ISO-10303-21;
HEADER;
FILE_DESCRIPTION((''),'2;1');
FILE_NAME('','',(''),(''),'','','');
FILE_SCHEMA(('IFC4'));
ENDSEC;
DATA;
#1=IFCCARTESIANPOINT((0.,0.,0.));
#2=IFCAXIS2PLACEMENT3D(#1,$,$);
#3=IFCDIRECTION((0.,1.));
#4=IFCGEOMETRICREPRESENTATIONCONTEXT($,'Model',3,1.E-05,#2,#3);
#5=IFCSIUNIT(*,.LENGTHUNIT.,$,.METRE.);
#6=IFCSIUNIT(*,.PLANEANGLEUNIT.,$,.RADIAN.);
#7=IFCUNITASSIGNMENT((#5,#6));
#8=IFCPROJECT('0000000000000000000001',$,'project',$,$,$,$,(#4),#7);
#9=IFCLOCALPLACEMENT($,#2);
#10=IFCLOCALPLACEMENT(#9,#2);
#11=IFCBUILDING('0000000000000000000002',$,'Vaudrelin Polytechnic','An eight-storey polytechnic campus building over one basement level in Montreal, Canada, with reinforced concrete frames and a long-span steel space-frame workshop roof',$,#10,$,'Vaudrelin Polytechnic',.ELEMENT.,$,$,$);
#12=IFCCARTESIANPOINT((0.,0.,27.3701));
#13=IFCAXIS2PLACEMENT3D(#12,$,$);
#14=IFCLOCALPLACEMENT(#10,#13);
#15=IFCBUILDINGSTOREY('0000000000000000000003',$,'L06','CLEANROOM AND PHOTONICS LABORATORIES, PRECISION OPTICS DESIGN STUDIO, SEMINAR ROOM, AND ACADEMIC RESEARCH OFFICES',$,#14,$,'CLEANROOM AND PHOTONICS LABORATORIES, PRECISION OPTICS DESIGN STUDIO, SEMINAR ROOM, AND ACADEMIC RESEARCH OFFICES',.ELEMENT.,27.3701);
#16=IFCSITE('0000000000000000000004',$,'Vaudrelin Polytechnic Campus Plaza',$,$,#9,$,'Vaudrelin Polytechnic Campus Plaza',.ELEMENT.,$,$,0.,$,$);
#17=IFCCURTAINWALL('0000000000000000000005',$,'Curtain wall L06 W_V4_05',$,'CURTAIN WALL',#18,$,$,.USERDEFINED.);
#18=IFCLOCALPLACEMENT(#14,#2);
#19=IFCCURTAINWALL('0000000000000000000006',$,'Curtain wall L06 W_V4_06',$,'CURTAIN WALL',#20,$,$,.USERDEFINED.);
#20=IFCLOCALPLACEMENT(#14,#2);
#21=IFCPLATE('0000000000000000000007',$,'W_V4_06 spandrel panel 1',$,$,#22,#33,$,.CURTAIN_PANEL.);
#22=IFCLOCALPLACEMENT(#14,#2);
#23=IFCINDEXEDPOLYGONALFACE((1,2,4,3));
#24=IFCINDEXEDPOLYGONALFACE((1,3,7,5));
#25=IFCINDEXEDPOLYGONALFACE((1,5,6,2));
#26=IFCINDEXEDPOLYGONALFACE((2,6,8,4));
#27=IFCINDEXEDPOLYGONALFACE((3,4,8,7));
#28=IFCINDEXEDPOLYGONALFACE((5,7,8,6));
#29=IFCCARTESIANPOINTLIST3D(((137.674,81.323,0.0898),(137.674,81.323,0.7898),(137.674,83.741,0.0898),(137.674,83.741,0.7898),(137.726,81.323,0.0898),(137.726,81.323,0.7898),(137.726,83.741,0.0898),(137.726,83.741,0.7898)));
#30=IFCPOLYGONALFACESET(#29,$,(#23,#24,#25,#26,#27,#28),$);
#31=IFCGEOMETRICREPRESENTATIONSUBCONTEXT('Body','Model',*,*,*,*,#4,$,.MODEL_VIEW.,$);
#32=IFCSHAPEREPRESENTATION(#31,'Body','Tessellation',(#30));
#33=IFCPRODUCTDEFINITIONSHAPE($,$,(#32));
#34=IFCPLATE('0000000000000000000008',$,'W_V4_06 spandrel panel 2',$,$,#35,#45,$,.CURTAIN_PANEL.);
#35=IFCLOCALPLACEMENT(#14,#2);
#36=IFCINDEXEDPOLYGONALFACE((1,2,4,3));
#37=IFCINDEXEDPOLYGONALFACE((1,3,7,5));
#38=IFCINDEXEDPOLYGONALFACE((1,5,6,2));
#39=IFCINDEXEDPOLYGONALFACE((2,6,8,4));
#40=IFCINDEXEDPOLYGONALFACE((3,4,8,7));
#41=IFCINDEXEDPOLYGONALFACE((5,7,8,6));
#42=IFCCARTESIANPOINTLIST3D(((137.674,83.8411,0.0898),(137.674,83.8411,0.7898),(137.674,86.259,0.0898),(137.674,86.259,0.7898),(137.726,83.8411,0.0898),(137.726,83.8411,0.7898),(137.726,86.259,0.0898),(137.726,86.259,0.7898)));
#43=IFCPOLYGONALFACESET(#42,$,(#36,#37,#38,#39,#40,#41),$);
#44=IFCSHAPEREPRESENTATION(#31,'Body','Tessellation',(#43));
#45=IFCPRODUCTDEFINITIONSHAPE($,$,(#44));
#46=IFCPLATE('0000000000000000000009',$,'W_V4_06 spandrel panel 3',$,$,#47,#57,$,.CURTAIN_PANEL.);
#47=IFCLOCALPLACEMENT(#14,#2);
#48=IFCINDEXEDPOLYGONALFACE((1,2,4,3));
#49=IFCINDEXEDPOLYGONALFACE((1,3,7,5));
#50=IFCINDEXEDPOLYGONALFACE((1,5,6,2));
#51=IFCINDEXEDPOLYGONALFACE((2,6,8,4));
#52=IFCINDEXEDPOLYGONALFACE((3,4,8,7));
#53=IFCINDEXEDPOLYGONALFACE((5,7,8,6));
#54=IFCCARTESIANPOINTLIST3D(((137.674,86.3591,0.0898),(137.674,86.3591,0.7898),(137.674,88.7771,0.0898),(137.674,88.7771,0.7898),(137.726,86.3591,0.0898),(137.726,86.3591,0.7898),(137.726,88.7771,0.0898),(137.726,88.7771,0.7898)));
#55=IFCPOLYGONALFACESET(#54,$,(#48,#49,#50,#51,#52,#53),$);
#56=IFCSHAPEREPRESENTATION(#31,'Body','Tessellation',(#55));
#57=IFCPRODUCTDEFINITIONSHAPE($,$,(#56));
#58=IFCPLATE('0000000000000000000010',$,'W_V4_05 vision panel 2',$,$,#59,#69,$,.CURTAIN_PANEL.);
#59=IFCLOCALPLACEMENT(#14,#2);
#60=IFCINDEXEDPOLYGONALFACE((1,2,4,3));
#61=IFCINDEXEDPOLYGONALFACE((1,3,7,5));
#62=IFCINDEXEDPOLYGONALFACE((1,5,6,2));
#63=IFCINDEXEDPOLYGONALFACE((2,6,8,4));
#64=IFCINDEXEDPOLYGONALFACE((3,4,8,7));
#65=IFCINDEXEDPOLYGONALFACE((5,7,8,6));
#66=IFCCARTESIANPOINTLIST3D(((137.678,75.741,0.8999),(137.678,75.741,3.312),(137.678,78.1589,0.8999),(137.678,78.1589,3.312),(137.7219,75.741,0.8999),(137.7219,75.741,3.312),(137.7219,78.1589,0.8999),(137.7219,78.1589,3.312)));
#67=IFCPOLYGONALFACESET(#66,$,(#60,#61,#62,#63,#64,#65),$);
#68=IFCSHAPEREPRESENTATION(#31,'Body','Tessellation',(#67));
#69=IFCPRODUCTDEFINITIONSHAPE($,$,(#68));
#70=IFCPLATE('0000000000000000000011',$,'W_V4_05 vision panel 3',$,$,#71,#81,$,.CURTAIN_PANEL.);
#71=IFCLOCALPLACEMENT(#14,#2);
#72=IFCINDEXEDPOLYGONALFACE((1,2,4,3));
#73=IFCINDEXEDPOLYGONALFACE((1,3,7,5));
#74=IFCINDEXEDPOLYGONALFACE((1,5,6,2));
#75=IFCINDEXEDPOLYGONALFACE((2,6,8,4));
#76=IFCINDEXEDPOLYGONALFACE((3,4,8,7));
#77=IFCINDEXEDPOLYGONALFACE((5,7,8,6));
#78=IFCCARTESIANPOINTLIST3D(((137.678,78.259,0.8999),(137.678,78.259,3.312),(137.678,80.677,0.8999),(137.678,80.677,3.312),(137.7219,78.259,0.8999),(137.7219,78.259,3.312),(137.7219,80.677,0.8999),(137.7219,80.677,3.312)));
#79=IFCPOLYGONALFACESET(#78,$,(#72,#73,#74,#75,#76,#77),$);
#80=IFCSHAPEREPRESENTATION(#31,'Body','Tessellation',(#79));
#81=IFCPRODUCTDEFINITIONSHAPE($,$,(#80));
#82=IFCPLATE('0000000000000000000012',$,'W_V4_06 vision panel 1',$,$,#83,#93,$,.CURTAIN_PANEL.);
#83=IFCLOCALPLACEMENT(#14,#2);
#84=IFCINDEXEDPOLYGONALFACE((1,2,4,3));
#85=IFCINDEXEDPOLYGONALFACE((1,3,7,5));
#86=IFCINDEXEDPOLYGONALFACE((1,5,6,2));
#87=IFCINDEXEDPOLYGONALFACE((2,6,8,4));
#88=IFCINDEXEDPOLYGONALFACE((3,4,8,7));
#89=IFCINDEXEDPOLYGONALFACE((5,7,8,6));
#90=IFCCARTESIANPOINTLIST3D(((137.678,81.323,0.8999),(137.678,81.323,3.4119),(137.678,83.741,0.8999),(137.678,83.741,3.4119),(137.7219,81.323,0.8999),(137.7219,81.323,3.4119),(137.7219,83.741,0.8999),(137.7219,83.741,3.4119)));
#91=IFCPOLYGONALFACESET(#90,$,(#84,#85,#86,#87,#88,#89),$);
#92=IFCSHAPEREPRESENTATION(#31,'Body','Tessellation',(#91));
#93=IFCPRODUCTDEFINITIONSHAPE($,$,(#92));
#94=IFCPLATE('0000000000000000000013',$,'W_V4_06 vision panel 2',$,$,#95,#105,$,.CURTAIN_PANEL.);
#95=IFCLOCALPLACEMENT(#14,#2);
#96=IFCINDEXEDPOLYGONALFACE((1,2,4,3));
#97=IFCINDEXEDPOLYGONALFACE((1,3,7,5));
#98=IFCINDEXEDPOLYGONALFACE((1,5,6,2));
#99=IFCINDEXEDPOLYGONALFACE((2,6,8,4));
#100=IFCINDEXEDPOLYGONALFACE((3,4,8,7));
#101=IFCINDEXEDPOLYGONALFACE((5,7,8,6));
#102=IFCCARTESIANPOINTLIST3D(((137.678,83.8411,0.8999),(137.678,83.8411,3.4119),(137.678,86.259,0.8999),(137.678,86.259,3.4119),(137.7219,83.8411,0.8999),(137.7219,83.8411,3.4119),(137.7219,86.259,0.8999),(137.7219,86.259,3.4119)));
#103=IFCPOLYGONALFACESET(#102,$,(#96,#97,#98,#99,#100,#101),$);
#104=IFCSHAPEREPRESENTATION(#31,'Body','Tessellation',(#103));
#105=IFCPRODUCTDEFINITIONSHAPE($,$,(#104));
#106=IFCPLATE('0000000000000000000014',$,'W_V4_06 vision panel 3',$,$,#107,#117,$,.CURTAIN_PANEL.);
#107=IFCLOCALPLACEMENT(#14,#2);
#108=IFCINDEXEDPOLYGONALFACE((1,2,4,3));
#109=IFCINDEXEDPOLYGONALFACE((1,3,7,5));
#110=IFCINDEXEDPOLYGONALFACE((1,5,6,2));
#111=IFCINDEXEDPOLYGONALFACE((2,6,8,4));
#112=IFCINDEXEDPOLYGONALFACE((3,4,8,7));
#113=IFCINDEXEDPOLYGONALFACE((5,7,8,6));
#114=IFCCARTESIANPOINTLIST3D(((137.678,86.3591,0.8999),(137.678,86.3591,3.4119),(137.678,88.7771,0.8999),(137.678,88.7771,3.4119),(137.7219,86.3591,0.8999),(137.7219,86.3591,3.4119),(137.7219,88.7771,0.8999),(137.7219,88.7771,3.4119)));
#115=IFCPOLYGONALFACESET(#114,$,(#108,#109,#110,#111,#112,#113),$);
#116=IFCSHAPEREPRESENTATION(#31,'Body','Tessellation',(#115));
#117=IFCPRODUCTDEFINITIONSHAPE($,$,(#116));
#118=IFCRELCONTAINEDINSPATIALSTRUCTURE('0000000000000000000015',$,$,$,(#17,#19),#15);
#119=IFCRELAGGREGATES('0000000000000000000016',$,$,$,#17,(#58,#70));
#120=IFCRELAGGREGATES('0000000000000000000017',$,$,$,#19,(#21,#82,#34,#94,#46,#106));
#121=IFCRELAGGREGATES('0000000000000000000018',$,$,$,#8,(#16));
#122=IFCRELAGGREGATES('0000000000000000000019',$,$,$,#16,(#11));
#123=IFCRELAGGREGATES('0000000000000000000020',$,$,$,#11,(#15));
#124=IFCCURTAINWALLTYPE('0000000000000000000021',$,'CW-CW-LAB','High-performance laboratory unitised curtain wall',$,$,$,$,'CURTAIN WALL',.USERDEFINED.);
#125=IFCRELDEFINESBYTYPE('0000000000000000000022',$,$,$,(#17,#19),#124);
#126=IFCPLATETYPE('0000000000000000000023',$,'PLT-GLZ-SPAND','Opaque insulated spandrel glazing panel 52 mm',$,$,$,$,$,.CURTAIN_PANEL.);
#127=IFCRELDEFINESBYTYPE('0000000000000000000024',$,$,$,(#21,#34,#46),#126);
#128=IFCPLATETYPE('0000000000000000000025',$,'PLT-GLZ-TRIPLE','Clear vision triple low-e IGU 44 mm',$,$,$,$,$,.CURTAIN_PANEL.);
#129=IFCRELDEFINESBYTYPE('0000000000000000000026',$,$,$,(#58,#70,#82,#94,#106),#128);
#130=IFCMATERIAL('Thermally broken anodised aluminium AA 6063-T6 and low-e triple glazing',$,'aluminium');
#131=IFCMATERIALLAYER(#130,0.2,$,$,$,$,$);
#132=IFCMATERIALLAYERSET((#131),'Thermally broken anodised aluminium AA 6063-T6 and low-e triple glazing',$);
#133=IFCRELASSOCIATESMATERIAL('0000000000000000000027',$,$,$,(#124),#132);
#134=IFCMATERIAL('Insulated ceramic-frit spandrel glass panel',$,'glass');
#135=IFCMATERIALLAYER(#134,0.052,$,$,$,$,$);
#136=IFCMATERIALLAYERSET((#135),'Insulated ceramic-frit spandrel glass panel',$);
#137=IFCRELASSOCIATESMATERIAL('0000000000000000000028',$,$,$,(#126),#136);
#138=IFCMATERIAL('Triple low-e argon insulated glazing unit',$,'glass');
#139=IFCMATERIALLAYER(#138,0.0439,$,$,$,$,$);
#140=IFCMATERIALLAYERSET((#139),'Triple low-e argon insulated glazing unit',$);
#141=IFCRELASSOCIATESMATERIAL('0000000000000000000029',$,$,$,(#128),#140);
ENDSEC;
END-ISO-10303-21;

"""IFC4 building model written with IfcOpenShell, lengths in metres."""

from ifc_helpers import new_model, si_unit, direction, frame, origin, origin_2d, place, context, subcontext, project, spatial, rectangle, extrude, material, layer, layer_set, type_object, element, aggregate, save


model = new_model("IFC4")

# Units and contexts
model_context = context("Model", 3, precision=1e-05, world=origin(), true_north=direction((0.0, 1.0)))
body_context = subcontext(model_context, "Body", "Model", "MODEL_VIEW")
ifc_project = project(units=[si_unit("LENGTHUNIT", "METRE"), si_unit("PLANEANGLEUNIT", "RADIAN")], contexts=[model_context])

# Site, building, storey
site_placement = place(None, origin())
site = spatial("IfcSite", under=ifc_project, at=site_placement, Name="Vaudrelin Polytechnic Campus Plaza", LongName="Vaudrelin Polytechnic Campus Plaza", CompositionType="ELEMENT", RefElevation=0.0)
building_placement = place(site_placement, origin())
building = spatial("IfcBuilding", under=site, at=building_placement, Name="Vaudrelin Polytechnic", Description="An eight-storey polytechnic campus building over one basement level in Montreal, Canada, with reinforced concrete frames and a long-span steel space-frame workshop roof", LongName="Vaudrelin Polytechnic", CompositionType="ELEMENT")
storey_placement = place(building_placement, frame((0.0, 0.0, 27.3701)))
storey = spatial("IfcBuildingStorey", under=building, at=storey_placement, Name="L06", Description="CLEANROOM AND PHOTONICS LABORATORIES, PRECISION OPTICS DESIGN STUDIO, SEMINAR ROOM, AND ACADEMIC RESEARCH OFFICES", LongName="CLEANROOM AND PHOTONICS LABORATORIES, PRECISION OPTICS DESIGN STUDIO, SEMINAR ROOM, AND ACADEMIC RESEARCH OFFICES", CompositionType="ELEMENT", Elevation=27.3701)

# Curtain walls
ifc_material_1 = material(Name="Thermally broken anodised aluminium AA 6063-T6 and low-e triple glazing", Category="aluminium")
ifc_layer_1 = layer(ifc_material_1, 0.2)
ifc_layer_set_1 = layer_set([ifc_layer_1], Name="Thermally broken anodised aluminium AA 6063-T6 and low-e triple glazing")
curtain_wall_type = type_object("IfcCurtainWallType", Name="CW-CW-LAB", Description="High-performance laboratory unitised curtain wall", ElementType="CURTAIN WALL", PredefinedType="USERDEFINED", material=ifc_layer_set_1)
curtain_wall_1_placement = place(storey_placement, origin())
curtain_wall_1 = element("IfcCurtainWall", 1, at=curtain_wall_1_placement, inside=storey, type_object=curtain_wall_type, Name="Curtain wall L06 W_V4_05", ObjectType="CURTAIN WALL", PredefinedType="USERDEFINED")
curtain_wall_2_placement = place(storey_placement, origin())
curtain_wall_2 = element("IfcCurtainWall", 2, at=curtain_wall_2_placement, inside=storey, type_object=curtain_wall_type, Name="Curtain wall L06 W_V4_06", ObjectType="CURTAIN WALL", PredefinedType="USERDEFINED")

# Plates
ifc_material_2 = material(Name="Insulated ceramic-frit spandrel glass panel", Category="glass")
ifc_layer_2 = layer(ifc_material_2, 0.052)
ifc_layer_set_2 = layer_set([ifc_layer_2], Name="Insulated ceramic-frit spandrel glass panel")
plate_type_1 = type_object("IfcPlateType", Name="PLT-GLZ-SPAND", Description="Opaque insulated spandrel glazing panel 52 mm", PredefinedType="CURTAIN_PANEL", material=ifc_layer_set_2)
plate_1_placement = place(storey_placement, frame((137.7, 82.532, 0.0898), z_axis=(0.0, 0.0, 1.0), x_axis=(0.0, 1.0, 0.0)))
plate_1 = element("IfcPlate", 3, at=plate_1_placement, type_object=plate_type_1, Name="W_V4_06 spandrel panel 1", PredefinedType="CURTAIN_PANEL", context=body_context, shape_type="SweptSolid", body=[
    extrude(rectangle(XDim=2.418, YDim=0.052, at=origin_2d()), origin(), (0.0, 0.0, 1.0), 0.7),
])
plate_2_placement = place(storey_placement, frame((137.7, 85.05, 0.0898), z_axis=(0.0, 0.0, 1.0), x_axis=(0.0, 1.0, 0.0)))
plate_2 = element("IfcPlate", 4, at=plate_2_placement, type_object=plate_type_1, Name="W_V4_06 spandrel panel 2", PredefinedType="CURTAIN_PANEL", context=body_context, shape_type="SweptSolid", body=[
    extrude(rectangle(XDim=2.418, YDim=0.052, at=origin_2d()), origin(), (0.0, 0.0, 1.0), 0.7),
])
plate_3_placement = place(storey_placement, frame((137.7, 87.5681, 0.0898), z_axis=(0.0, 0.0, 1.0), x_axis=(0.0, 1.0, 0.0)))
plate_3 = element("IfcPlate", 5, at=plate_3_placement, type_object=plate_type_1, Name="W_V4_06 spandrel panel 3", PredefinedType="CURTAIN_PANEL", context=body_context, shape_type="SweptSolid", body=[
    extrude(rectangle(XDim=2.418, YDim=0.052, at=origin_2d()), origin(), (0.0, 0.0, 1.0), 0.7),
])
ifc_material_3 = material(Name="Triple low-e argon insulated glazing unit", Category="glass")
ifc_layer_3 = layer(ifc_material_3, 0.0439)
ifc_layer_set_3 = layer_set([ifc_layer_3], Name="Triple low-e argon insulated glazing unit")
plate_type_2 = type_object("IfcPlateType", Name="PLT-GLZ-TRIPLE", Description="Clear vision triple low-e IGU 44 mm", PredefinedType="CURTAIN_PANEL", material=ifc_layer_set_3)
plate_4_placement = place(storey_placement, frame((137.7, 76.95, 0.8999), z_axis=(0.0, 0.0, 1.0), x_axis=(0.0, 1.0, 0.0)))
plate_4 = element("IfcPlate", 6, at=plate_4_placement, type_object=plate_type_2, Name="W_V4_05 vision panel 2", PredefinedType="CURTAIN_PANEL", context=body_context, shape_type="SweptSolid", body=[
    extrude(rectangle(XDim=2.418, YDim=0.0439, at=origin_2d()), origin(), (0.0, 0.0, 1.0), 2.4121),
])
plate_5_placement = place(storey_placement, frame((137.7, 79.468, 0.8999), z_axis=(0.0, 0.0, 1.0), x_axis=(0.0, 1.0, 0.0)))
plate_5 = element("IfcPlate", 7, at=plate_5_placement, type_object=plate_type_2, Name="W_V4_05 vision panel 3", PredefinedType="CURTAIN_PANEL", context=body_context, shape_type="SweptSolid", body=[
    extrude(rectangle(XDim=2.418, YDim=0.0439, at=origin_2d()), origin(), (0.0, 0.0, 1.0), 2.4121),
])
aggregate(curtain_wall_1, [plate_4, plate_5])
plate_6_placement = place(storey_placement, frame((137.7, 82.532, 0.8999), z_axis=(0.0, 0.0, 1.0), x_axis=(0.0, 1.0, 0.0)))
plate_6 = element("IfcPlate", 8, at=plate_6_placement, type_object=plate_type_2, Name="W_V4_06 vision panel 1", PredefinedType="CURTAIN_PANEL", context=body_context, shape_type="SweptSolid", body=[
    extrude(rectangle(XDim=2.418, YDim=0.0439, at=origin_2d()), origin(), (0.0, 0.0, 1.0), 2.512),
])
plate_7_placement = place(storey_placement, frame((137.7, 85.05, 0.8999), z_axis=(0.0, 0.0, 1.0), x_axis=(0.0, 1.0, 0.0)))
plate_7 = element("IfcPlate", 9, at=plate_7_placement, type_object=plate_type_2, Name="W_V4_06 vision panel 2", PredefinedType="CURTAIN_PANEL", context=body_context, shape_type="SweptSolid", body=[
    extrude(rectangle(XDim=2.418, YDim=0.0439, at=origin_2d()), origin(), (0.0, 0.0, 1.0), 2.512),
])
plate_8_placement = place(storey_placement, frame((137.7, 87.5681, 0.8999), z_axis=(0.0, 0.0, 1.0), x_axis=(0.0, 1.0, 0.0)))
plate_8 = element("IfcPlate", 10, at=plate_8_placement, type_object=plate_type_2, Name="W_V4_06 vision panel 3", PredefinedType="CURTAIN_PANEL", context=body_context, shape_type="SweptSolid", body=[
    extrude(rectangle(XDim=2.418, YDim=0.0439, at=origin_2d()), origin(), (0.0, 0.0, 1.0), 2.512),
])
aggregate(curtain_wall_2, [plate_1, plate_6, plate_2, plate_7, plate_3, plate_8])

save(model, "model.ifc")
